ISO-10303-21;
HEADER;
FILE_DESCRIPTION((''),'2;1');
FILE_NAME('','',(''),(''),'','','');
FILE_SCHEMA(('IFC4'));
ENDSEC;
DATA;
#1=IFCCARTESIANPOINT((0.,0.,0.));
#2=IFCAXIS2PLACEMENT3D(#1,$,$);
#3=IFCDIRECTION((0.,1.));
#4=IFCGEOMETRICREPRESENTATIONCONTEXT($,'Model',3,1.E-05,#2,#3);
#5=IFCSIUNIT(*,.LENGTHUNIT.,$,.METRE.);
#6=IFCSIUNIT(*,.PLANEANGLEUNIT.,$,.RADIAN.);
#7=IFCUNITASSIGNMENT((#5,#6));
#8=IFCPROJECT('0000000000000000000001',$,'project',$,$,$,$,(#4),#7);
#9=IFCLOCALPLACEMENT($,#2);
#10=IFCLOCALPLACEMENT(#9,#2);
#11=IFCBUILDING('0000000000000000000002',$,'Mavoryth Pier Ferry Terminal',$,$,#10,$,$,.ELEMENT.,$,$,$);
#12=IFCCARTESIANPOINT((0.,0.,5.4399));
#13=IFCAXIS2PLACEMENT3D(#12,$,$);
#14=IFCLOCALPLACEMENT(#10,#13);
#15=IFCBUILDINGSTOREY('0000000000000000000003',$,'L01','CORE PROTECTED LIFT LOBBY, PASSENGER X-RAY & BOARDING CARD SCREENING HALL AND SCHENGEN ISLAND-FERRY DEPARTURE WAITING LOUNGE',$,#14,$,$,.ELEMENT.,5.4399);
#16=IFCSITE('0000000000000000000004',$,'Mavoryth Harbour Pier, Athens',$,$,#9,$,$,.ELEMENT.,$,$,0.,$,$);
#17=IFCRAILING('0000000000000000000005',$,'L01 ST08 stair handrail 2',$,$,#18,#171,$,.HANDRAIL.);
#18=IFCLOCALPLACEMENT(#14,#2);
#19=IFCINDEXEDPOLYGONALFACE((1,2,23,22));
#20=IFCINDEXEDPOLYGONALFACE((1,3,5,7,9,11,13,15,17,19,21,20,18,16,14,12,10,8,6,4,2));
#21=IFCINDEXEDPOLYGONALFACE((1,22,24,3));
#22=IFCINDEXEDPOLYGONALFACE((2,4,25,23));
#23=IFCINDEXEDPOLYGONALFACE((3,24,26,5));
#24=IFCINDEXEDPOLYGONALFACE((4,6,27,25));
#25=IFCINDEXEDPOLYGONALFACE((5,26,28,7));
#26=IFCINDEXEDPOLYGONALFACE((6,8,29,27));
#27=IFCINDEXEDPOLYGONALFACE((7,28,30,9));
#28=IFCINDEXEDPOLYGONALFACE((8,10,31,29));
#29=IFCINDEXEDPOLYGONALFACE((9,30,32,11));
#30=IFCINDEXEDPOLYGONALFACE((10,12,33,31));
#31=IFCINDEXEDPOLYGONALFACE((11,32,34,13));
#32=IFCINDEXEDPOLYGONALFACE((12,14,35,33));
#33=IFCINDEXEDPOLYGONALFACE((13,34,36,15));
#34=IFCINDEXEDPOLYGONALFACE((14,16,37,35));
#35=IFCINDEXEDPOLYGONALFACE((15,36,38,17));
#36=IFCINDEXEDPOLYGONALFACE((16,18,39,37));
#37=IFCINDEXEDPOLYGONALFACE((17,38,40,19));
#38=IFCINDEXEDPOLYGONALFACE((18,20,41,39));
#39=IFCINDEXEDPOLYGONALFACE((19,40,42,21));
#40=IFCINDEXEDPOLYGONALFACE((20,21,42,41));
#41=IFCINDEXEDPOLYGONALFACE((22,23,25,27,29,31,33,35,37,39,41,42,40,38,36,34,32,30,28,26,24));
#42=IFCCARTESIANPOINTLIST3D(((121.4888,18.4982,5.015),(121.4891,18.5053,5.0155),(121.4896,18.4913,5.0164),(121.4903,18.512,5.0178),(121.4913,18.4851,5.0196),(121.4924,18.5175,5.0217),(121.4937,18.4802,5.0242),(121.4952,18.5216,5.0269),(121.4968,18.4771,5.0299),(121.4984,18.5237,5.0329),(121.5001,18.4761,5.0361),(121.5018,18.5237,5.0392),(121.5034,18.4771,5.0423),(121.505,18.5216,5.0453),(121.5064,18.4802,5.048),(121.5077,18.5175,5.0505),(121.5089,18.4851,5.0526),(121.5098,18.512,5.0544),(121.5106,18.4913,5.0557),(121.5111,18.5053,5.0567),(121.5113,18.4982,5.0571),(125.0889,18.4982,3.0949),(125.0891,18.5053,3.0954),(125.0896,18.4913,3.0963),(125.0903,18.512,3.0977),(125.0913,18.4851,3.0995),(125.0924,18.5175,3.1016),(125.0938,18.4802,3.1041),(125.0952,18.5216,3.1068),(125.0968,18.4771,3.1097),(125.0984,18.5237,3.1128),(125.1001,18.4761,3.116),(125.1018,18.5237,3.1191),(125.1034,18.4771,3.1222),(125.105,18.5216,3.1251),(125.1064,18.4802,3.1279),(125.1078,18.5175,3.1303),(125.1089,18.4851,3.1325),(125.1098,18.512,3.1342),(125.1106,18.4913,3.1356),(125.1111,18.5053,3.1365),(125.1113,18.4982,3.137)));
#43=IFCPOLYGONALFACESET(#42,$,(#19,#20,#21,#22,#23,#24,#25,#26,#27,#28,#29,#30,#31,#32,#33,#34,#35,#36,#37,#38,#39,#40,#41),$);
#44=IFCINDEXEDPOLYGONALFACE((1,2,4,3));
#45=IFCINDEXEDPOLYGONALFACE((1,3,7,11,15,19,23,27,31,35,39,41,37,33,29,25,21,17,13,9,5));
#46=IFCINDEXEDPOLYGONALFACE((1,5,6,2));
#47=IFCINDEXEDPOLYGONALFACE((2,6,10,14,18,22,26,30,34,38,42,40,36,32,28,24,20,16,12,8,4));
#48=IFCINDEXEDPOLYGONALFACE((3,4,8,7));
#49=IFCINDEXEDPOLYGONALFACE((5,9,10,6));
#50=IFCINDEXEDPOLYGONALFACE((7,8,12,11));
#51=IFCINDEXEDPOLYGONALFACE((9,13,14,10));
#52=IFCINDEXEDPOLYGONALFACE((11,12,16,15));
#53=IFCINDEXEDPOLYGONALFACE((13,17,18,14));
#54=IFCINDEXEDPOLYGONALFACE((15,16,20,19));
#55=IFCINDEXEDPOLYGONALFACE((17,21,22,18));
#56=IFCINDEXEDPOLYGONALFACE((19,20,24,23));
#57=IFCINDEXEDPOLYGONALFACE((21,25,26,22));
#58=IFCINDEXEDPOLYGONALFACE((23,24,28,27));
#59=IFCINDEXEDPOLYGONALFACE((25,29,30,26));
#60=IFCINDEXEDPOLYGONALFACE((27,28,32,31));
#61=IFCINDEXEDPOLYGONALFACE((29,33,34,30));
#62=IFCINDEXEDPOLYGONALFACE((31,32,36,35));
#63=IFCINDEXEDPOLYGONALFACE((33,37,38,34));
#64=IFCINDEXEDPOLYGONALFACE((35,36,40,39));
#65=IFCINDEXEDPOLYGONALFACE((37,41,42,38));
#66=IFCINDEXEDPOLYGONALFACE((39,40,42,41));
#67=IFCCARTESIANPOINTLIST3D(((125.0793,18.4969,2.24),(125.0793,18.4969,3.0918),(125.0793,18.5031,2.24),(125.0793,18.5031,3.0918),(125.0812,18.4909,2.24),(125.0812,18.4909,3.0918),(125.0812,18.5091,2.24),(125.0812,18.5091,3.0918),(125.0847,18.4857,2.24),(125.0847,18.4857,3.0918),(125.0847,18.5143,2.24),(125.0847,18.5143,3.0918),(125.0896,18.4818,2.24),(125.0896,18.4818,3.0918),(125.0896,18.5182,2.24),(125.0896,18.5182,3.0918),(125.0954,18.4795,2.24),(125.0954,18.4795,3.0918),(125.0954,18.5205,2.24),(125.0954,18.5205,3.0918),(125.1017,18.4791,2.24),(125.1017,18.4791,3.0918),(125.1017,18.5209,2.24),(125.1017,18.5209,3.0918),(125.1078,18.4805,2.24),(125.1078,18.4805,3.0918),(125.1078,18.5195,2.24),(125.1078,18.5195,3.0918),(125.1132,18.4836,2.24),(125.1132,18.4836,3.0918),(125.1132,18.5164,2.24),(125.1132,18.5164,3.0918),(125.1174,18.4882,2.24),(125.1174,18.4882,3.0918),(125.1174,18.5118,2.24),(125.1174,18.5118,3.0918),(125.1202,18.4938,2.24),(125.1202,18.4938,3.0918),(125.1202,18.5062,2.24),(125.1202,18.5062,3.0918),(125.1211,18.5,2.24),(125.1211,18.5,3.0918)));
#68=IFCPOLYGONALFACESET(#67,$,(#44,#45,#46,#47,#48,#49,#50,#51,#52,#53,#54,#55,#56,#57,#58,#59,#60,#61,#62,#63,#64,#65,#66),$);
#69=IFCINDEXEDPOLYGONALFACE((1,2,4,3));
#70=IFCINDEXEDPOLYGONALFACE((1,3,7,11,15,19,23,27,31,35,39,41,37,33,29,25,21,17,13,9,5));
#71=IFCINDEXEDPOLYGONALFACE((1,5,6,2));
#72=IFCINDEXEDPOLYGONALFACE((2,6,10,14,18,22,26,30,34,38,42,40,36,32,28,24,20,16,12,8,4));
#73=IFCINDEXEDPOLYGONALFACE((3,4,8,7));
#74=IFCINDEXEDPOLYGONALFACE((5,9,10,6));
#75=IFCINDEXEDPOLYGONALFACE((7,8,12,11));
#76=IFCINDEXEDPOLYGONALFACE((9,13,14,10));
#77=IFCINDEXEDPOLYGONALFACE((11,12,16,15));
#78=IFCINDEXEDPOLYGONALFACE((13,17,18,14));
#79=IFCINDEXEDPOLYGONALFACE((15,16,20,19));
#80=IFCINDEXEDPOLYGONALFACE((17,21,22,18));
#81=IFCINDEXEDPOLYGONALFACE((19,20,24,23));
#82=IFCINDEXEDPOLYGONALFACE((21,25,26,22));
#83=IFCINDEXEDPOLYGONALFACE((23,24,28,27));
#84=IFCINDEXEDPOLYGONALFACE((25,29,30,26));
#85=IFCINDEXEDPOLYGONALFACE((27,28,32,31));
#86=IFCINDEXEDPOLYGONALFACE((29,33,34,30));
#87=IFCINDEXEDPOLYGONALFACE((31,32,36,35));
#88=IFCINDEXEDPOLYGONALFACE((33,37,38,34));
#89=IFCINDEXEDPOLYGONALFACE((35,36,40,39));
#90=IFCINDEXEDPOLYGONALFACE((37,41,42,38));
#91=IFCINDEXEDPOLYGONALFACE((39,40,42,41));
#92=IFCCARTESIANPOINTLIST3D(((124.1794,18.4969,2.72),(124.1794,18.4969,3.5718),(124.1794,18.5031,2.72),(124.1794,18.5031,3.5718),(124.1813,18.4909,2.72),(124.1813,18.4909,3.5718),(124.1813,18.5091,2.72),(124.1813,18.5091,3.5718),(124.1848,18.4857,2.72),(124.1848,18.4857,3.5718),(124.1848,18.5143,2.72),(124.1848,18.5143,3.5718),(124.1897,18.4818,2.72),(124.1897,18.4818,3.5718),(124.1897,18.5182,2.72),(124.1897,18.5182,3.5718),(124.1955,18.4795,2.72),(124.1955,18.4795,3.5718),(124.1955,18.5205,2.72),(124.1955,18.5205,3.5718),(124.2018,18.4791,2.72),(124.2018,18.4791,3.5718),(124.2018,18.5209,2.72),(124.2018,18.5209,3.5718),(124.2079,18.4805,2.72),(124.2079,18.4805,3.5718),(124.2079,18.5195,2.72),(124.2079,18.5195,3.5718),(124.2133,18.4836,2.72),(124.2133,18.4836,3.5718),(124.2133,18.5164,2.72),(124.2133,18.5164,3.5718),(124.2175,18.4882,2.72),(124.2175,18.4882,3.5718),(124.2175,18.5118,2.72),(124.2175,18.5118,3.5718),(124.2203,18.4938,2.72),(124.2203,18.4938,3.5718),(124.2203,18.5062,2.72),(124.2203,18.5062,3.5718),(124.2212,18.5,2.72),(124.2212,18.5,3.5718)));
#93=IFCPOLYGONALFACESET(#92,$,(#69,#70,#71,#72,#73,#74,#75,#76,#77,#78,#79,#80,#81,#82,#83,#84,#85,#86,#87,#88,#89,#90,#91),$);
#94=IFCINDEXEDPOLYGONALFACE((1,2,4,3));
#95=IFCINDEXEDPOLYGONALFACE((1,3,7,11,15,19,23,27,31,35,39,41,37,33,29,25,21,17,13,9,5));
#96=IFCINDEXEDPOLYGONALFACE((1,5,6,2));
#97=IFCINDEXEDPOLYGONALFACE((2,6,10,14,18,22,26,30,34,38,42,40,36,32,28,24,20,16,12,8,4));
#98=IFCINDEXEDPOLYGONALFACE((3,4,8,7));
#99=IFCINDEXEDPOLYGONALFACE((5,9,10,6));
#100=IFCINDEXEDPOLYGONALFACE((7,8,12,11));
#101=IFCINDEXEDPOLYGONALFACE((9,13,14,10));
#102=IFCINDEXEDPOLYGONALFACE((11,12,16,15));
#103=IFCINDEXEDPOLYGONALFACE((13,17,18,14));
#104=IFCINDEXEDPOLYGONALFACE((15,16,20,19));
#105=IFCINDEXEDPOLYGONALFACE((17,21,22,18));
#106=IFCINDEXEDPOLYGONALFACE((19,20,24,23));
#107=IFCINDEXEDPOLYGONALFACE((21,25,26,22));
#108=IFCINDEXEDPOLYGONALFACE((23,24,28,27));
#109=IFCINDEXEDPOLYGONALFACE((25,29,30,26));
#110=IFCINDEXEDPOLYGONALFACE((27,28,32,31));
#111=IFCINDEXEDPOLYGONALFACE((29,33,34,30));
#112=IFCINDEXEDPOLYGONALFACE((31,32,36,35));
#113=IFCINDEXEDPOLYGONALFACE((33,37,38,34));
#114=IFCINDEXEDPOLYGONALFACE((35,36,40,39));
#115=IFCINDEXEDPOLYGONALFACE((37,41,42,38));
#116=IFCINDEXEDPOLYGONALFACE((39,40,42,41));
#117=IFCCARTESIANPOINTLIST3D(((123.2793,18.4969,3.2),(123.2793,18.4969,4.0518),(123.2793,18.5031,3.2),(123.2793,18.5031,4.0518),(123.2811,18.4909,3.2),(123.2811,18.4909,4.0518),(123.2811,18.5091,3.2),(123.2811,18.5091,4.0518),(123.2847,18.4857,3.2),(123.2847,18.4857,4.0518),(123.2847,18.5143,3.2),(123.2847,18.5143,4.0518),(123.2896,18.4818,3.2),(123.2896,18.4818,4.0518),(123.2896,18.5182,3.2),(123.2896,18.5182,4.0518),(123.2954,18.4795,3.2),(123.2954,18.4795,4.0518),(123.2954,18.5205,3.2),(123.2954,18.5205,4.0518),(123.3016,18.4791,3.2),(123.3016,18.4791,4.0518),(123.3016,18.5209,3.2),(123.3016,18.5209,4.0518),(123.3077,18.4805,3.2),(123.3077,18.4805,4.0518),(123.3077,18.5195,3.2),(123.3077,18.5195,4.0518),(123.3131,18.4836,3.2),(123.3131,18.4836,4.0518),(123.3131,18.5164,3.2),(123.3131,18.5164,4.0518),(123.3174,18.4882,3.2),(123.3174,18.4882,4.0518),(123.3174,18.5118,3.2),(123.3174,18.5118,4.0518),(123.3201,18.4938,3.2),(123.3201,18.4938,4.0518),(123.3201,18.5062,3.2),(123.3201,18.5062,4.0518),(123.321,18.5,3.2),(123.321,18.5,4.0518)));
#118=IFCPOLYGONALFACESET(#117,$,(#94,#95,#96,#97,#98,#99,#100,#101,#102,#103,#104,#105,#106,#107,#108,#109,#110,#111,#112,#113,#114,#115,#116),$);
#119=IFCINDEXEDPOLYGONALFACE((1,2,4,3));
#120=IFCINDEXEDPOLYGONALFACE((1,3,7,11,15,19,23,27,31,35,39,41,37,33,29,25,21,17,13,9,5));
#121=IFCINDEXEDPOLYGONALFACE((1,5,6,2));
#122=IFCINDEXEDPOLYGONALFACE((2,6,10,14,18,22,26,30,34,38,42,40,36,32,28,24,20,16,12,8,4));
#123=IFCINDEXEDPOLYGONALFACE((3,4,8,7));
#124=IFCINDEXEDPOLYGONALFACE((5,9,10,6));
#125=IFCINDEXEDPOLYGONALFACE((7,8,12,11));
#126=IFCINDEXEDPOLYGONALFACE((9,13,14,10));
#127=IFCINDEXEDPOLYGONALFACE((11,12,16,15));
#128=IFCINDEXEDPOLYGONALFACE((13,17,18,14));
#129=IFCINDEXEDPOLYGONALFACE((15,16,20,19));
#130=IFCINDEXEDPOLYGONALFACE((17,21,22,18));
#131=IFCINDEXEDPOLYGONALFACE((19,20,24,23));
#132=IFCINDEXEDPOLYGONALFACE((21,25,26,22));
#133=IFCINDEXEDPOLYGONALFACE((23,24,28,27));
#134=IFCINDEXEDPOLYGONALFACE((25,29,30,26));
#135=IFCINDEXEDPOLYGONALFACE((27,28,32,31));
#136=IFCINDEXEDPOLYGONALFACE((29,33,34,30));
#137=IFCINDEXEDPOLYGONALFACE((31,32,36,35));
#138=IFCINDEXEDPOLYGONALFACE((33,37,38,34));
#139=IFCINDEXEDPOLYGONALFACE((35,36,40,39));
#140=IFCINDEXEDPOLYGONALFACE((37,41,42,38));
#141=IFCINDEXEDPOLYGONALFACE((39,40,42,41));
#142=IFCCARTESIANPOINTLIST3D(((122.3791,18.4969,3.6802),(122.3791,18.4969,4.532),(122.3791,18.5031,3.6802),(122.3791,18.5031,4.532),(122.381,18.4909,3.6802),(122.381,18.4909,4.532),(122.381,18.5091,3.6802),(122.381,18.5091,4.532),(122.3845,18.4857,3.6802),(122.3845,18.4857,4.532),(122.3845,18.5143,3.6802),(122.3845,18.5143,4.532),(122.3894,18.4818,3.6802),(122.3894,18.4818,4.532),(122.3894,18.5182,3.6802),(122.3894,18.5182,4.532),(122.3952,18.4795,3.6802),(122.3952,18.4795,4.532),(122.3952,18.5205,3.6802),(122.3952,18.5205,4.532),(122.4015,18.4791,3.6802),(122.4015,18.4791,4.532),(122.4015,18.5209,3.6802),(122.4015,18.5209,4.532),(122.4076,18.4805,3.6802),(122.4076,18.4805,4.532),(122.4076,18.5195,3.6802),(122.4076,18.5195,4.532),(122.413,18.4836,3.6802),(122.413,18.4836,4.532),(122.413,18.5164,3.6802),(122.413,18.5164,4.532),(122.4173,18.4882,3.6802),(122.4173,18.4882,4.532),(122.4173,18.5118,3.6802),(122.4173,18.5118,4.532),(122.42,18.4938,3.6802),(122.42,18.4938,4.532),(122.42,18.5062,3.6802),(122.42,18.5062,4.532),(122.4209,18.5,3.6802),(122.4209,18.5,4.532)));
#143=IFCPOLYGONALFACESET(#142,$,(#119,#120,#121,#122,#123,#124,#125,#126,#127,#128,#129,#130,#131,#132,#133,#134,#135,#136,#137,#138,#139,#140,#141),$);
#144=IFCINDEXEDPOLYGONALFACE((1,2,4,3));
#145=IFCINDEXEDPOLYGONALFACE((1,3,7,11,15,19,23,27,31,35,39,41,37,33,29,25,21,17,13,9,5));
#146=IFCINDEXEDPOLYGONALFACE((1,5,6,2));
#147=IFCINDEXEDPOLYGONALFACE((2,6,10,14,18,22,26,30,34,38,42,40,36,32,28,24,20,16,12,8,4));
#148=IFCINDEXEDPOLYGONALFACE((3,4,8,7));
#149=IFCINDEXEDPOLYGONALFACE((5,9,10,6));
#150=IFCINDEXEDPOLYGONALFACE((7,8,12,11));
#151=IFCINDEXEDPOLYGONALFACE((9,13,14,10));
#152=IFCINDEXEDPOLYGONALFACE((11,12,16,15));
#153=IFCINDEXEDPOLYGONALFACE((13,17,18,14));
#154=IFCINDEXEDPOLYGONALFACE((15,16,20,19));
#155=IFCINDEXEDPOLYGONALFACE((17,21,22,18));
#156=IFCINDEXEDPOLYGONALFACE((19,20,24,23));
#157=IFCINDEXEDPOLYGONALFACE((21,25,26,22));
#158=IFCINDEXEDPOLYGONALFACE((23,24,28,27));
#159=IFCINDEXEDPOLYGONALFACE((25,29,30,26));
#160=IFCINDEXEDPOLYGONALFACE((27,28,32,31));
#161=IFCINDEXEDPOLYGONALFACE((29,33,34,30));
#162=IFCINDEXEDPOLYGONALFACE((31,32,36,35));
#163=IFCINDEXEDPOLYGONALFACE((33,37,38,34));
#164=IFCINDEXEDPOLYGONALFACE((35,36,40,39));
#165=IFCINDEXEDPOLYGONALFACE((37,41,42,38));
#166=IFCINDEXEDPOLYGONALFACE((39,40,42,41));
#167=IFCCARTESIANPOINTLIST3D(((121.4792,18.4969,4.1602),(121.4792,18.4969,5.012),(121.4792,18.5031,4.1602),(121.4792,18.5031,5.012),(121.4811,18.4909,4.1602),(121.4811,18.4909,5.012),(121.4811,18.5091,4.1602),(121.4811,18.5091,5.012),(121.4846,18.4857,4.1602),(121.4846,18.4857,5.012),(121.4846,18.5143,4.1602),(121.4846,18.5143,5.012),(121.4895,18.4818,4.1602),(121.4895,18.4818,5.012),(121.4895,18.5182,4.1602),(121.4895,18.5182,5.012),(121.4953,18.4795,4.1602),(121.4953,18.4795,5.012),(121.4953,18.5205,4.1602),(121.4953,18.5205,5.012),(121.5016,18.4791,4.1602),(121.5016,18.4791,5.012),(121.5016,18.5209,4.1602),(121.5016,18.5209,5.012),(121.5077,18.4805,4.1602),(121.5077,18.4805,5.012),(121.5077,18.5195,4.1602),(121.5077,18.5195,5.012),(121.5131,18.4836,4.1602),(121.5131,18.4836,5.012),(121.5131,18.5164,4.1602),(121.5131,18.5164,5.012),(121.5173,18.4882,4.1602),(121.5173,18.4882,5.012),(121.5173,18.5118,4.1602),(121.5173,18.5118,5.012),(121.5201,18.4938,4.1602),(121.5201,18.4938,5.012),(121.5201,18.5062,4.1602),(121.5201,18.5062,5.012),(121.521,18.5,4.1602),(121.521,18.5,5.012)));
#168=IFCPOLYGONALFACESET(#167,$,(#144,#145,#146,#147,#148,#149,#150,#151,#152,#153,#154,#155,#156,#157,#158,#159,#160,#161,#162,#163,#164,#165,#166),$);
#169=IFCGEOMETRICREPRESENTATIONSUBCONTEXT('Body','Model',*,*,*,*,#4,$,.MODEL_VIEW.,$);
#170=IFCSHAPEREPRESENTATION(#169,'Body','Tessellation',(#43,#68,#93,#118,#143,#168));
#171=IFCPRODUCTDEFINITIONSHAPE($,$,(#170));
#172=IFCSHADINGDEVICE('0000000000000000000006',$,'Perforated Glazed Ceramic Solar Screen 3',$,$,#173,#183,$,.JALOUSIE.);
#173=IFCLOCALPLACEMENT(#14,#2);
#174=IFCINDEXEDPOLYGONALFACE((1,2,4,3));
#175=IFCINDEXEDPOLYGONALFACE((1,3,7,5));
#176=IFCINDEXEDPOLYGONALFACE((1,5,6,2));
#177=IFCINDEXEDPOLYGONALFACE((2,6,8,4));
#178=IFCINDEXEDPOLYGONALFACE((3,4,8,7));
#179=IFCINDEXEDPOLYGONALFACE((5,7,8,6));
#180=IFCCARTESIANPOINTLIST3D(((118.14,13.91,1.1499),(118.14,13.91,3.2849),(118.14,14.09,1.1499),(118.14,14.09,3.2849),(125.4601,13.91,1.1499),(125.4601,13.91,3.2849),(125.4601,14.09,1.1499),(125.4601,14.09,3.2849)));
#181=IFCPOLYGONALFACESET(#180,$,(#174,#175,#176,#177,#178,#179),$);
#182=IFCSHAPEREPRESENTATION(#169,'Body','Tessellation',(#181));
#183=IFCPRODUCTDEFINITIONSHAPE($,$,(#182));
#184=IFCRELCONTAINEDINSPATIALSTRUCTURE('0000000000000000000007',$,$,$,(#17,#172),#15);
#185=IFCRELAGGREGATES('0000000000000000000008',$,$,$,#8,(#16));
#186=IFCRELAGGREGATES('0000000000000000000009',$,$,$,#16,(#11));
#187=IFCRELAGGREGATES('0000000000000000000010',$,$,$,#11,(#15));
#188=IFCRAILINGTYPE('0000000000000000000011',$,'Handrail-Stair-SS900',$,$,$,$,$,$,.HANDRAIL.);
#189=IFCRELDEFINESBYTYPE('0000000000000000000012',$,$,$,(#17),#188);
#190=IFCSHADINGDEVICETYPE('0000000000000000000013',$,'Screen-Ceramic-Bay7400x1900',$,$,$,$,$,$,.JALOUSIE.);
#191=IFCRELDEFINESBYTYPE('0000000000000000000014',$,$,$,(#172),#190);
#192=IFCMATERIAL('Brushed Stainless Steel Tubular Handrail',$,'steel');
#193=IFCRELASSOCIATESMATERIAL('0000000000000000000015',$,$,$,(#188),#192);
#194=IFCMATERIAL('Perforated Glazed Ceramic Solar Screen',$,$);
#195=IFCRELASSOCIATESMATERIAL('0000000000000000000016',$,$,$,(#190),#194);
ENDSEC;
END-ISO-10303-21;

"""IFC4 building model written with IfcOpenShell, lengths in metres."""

from ifc_helpers import new_model, si_unit, direction, frame, origin, origin_2d, place, context, subcontext, project, spatial, rectangle, circle, extrude, material, type_object, element, save


model = new_model("IFC4")

# Units and contexts
model_context = context("Model", 3, precision=1e-05, world=origin(), true_north=direction((0.0, 1.0)))
body_context = subcontext(model_context, "Body", "Model", "MODEL_VIEW")
ifc_project = project(units=[si_unit("LENGTHUNIT", "METRE"), si_unit("PLANEANGLEUNIT", "RADIAN")], contexts=[model_context])

# Site, building, storey
site_placement = place(None, origin())
site = spatial("IfcSite", under=ifc_project, at=site_placement, Name="Mavoryth Harbour Pier, Athens", CompositionType="ELEMENT", RefElevation=0.0)
building_placement = place(site_placement, origin())
building = spatial("IfcBuilding", under=site, at=building_placement, Name="Mavoryth Pier Ferry Terminal", CompositionType="ELEMENT")
storey_placement = place(building_placement, frame((0.0, 0.0, 5.4399)))
storey = spatial("IfcBuildingStorey", under=building, at=storey_placement, Name="L01", Description="CORE PROTECTED LIFT LOBBY, PASSENGER X-RAY & BOARDING CARD SCREENING HALL AND SCHENGEN ISLAND-FERRY DEPARTURE WAITING LOUNGE", CompositionType="ELEMENT", Elevation=5.4399)

# Railing
ifc_material_1 = material(Name="Brushed Stainless Steel Tubular Handrail", Category="steel")
railing_type_1 = type_object("IfcRailingType", Name="Handrail-Stair-SS900", PredefinedType="HANDRAIL", material=ifc_material_1)
railing_1_placement = place(storey_placement, frame((125.1001, 18.5, 2.24)))
element("IfcRailing", 1, at=railing_1_placement, inside=storey, type_object=railing_type_1, Name="L01 ST08 stair handrail 2", PredefinedType="HANDRAIL", context=body_context, shape_type="SweptSolid", body=[
    extrude(circle(Radius=0.0239, at=origin_2d()), frame((0.0, 0.0, 0.876), z_axis=(-0.882341, 0.0, 0.47061), x_axis=(0.0, -1.0, 0.0)), (0.0, 0.0, 1.0), 4.0801),
    extrude(circle(Radius=0.021, at=origin_2d()), origin(), (0.0, 0.0, 1.0), 0.8518),
    extrude(circle(Radius=0.021, at=origin_2d()), frame((-0.8999, 0.0, 0.48)), (0.0, 0.0, 1.0), 0.8518),
    extrude(circle(Radius=0.021, at=origin_2d()), frame((-1.8, 0.0, 0.96)), (0.0, 0.0, 1.0), 0.8518),
    extrude(circle(Radius=0.021, at=origin_2d()), frame((-2.7002, 0.0, 1.4402)), (0.0, 0.0, 1.0), 0.8518),
    extrude(circle(Radius=0.021, at=origin_2d()), frame((-3.6001, 0.0, 1.9202)), (0.0, 0.0, 1.0), 0.8518),
])

# Shading device
ifc_material_2 = material(Name="Perforated Glazed Ceramic Solar Screen")
shading_device_type = type_object("IfcShadingDeviceType", Name="Screen-Ceramic-Bay7400x1900", PredefinedType="JALOUSIE", material=ifc_material_2)
shading_device_placement = place(storey_placement, frame((121.8, 14.0, 1.1499), z_axis=(0.0, 0.0, 1.0), x_axis=(1.0, 0.0, 0.0)))
element("IfcShadingDevice", 2, at=shading_device_placement, inside=storey, type_object=shading_device_type, Name="Perforated Glazed Ceramic Solar Screen 3", PredefinedType="JALOUSIE", context=body_context, shape_type="SweptSolid", body=[
    extrude(rectangle(XDim=7.3201, YDim=0.1799, at=origin_2d()), origin(), (0.0, 0.0, 1.0), 2.135),
])

save(model, "model.ifc")
